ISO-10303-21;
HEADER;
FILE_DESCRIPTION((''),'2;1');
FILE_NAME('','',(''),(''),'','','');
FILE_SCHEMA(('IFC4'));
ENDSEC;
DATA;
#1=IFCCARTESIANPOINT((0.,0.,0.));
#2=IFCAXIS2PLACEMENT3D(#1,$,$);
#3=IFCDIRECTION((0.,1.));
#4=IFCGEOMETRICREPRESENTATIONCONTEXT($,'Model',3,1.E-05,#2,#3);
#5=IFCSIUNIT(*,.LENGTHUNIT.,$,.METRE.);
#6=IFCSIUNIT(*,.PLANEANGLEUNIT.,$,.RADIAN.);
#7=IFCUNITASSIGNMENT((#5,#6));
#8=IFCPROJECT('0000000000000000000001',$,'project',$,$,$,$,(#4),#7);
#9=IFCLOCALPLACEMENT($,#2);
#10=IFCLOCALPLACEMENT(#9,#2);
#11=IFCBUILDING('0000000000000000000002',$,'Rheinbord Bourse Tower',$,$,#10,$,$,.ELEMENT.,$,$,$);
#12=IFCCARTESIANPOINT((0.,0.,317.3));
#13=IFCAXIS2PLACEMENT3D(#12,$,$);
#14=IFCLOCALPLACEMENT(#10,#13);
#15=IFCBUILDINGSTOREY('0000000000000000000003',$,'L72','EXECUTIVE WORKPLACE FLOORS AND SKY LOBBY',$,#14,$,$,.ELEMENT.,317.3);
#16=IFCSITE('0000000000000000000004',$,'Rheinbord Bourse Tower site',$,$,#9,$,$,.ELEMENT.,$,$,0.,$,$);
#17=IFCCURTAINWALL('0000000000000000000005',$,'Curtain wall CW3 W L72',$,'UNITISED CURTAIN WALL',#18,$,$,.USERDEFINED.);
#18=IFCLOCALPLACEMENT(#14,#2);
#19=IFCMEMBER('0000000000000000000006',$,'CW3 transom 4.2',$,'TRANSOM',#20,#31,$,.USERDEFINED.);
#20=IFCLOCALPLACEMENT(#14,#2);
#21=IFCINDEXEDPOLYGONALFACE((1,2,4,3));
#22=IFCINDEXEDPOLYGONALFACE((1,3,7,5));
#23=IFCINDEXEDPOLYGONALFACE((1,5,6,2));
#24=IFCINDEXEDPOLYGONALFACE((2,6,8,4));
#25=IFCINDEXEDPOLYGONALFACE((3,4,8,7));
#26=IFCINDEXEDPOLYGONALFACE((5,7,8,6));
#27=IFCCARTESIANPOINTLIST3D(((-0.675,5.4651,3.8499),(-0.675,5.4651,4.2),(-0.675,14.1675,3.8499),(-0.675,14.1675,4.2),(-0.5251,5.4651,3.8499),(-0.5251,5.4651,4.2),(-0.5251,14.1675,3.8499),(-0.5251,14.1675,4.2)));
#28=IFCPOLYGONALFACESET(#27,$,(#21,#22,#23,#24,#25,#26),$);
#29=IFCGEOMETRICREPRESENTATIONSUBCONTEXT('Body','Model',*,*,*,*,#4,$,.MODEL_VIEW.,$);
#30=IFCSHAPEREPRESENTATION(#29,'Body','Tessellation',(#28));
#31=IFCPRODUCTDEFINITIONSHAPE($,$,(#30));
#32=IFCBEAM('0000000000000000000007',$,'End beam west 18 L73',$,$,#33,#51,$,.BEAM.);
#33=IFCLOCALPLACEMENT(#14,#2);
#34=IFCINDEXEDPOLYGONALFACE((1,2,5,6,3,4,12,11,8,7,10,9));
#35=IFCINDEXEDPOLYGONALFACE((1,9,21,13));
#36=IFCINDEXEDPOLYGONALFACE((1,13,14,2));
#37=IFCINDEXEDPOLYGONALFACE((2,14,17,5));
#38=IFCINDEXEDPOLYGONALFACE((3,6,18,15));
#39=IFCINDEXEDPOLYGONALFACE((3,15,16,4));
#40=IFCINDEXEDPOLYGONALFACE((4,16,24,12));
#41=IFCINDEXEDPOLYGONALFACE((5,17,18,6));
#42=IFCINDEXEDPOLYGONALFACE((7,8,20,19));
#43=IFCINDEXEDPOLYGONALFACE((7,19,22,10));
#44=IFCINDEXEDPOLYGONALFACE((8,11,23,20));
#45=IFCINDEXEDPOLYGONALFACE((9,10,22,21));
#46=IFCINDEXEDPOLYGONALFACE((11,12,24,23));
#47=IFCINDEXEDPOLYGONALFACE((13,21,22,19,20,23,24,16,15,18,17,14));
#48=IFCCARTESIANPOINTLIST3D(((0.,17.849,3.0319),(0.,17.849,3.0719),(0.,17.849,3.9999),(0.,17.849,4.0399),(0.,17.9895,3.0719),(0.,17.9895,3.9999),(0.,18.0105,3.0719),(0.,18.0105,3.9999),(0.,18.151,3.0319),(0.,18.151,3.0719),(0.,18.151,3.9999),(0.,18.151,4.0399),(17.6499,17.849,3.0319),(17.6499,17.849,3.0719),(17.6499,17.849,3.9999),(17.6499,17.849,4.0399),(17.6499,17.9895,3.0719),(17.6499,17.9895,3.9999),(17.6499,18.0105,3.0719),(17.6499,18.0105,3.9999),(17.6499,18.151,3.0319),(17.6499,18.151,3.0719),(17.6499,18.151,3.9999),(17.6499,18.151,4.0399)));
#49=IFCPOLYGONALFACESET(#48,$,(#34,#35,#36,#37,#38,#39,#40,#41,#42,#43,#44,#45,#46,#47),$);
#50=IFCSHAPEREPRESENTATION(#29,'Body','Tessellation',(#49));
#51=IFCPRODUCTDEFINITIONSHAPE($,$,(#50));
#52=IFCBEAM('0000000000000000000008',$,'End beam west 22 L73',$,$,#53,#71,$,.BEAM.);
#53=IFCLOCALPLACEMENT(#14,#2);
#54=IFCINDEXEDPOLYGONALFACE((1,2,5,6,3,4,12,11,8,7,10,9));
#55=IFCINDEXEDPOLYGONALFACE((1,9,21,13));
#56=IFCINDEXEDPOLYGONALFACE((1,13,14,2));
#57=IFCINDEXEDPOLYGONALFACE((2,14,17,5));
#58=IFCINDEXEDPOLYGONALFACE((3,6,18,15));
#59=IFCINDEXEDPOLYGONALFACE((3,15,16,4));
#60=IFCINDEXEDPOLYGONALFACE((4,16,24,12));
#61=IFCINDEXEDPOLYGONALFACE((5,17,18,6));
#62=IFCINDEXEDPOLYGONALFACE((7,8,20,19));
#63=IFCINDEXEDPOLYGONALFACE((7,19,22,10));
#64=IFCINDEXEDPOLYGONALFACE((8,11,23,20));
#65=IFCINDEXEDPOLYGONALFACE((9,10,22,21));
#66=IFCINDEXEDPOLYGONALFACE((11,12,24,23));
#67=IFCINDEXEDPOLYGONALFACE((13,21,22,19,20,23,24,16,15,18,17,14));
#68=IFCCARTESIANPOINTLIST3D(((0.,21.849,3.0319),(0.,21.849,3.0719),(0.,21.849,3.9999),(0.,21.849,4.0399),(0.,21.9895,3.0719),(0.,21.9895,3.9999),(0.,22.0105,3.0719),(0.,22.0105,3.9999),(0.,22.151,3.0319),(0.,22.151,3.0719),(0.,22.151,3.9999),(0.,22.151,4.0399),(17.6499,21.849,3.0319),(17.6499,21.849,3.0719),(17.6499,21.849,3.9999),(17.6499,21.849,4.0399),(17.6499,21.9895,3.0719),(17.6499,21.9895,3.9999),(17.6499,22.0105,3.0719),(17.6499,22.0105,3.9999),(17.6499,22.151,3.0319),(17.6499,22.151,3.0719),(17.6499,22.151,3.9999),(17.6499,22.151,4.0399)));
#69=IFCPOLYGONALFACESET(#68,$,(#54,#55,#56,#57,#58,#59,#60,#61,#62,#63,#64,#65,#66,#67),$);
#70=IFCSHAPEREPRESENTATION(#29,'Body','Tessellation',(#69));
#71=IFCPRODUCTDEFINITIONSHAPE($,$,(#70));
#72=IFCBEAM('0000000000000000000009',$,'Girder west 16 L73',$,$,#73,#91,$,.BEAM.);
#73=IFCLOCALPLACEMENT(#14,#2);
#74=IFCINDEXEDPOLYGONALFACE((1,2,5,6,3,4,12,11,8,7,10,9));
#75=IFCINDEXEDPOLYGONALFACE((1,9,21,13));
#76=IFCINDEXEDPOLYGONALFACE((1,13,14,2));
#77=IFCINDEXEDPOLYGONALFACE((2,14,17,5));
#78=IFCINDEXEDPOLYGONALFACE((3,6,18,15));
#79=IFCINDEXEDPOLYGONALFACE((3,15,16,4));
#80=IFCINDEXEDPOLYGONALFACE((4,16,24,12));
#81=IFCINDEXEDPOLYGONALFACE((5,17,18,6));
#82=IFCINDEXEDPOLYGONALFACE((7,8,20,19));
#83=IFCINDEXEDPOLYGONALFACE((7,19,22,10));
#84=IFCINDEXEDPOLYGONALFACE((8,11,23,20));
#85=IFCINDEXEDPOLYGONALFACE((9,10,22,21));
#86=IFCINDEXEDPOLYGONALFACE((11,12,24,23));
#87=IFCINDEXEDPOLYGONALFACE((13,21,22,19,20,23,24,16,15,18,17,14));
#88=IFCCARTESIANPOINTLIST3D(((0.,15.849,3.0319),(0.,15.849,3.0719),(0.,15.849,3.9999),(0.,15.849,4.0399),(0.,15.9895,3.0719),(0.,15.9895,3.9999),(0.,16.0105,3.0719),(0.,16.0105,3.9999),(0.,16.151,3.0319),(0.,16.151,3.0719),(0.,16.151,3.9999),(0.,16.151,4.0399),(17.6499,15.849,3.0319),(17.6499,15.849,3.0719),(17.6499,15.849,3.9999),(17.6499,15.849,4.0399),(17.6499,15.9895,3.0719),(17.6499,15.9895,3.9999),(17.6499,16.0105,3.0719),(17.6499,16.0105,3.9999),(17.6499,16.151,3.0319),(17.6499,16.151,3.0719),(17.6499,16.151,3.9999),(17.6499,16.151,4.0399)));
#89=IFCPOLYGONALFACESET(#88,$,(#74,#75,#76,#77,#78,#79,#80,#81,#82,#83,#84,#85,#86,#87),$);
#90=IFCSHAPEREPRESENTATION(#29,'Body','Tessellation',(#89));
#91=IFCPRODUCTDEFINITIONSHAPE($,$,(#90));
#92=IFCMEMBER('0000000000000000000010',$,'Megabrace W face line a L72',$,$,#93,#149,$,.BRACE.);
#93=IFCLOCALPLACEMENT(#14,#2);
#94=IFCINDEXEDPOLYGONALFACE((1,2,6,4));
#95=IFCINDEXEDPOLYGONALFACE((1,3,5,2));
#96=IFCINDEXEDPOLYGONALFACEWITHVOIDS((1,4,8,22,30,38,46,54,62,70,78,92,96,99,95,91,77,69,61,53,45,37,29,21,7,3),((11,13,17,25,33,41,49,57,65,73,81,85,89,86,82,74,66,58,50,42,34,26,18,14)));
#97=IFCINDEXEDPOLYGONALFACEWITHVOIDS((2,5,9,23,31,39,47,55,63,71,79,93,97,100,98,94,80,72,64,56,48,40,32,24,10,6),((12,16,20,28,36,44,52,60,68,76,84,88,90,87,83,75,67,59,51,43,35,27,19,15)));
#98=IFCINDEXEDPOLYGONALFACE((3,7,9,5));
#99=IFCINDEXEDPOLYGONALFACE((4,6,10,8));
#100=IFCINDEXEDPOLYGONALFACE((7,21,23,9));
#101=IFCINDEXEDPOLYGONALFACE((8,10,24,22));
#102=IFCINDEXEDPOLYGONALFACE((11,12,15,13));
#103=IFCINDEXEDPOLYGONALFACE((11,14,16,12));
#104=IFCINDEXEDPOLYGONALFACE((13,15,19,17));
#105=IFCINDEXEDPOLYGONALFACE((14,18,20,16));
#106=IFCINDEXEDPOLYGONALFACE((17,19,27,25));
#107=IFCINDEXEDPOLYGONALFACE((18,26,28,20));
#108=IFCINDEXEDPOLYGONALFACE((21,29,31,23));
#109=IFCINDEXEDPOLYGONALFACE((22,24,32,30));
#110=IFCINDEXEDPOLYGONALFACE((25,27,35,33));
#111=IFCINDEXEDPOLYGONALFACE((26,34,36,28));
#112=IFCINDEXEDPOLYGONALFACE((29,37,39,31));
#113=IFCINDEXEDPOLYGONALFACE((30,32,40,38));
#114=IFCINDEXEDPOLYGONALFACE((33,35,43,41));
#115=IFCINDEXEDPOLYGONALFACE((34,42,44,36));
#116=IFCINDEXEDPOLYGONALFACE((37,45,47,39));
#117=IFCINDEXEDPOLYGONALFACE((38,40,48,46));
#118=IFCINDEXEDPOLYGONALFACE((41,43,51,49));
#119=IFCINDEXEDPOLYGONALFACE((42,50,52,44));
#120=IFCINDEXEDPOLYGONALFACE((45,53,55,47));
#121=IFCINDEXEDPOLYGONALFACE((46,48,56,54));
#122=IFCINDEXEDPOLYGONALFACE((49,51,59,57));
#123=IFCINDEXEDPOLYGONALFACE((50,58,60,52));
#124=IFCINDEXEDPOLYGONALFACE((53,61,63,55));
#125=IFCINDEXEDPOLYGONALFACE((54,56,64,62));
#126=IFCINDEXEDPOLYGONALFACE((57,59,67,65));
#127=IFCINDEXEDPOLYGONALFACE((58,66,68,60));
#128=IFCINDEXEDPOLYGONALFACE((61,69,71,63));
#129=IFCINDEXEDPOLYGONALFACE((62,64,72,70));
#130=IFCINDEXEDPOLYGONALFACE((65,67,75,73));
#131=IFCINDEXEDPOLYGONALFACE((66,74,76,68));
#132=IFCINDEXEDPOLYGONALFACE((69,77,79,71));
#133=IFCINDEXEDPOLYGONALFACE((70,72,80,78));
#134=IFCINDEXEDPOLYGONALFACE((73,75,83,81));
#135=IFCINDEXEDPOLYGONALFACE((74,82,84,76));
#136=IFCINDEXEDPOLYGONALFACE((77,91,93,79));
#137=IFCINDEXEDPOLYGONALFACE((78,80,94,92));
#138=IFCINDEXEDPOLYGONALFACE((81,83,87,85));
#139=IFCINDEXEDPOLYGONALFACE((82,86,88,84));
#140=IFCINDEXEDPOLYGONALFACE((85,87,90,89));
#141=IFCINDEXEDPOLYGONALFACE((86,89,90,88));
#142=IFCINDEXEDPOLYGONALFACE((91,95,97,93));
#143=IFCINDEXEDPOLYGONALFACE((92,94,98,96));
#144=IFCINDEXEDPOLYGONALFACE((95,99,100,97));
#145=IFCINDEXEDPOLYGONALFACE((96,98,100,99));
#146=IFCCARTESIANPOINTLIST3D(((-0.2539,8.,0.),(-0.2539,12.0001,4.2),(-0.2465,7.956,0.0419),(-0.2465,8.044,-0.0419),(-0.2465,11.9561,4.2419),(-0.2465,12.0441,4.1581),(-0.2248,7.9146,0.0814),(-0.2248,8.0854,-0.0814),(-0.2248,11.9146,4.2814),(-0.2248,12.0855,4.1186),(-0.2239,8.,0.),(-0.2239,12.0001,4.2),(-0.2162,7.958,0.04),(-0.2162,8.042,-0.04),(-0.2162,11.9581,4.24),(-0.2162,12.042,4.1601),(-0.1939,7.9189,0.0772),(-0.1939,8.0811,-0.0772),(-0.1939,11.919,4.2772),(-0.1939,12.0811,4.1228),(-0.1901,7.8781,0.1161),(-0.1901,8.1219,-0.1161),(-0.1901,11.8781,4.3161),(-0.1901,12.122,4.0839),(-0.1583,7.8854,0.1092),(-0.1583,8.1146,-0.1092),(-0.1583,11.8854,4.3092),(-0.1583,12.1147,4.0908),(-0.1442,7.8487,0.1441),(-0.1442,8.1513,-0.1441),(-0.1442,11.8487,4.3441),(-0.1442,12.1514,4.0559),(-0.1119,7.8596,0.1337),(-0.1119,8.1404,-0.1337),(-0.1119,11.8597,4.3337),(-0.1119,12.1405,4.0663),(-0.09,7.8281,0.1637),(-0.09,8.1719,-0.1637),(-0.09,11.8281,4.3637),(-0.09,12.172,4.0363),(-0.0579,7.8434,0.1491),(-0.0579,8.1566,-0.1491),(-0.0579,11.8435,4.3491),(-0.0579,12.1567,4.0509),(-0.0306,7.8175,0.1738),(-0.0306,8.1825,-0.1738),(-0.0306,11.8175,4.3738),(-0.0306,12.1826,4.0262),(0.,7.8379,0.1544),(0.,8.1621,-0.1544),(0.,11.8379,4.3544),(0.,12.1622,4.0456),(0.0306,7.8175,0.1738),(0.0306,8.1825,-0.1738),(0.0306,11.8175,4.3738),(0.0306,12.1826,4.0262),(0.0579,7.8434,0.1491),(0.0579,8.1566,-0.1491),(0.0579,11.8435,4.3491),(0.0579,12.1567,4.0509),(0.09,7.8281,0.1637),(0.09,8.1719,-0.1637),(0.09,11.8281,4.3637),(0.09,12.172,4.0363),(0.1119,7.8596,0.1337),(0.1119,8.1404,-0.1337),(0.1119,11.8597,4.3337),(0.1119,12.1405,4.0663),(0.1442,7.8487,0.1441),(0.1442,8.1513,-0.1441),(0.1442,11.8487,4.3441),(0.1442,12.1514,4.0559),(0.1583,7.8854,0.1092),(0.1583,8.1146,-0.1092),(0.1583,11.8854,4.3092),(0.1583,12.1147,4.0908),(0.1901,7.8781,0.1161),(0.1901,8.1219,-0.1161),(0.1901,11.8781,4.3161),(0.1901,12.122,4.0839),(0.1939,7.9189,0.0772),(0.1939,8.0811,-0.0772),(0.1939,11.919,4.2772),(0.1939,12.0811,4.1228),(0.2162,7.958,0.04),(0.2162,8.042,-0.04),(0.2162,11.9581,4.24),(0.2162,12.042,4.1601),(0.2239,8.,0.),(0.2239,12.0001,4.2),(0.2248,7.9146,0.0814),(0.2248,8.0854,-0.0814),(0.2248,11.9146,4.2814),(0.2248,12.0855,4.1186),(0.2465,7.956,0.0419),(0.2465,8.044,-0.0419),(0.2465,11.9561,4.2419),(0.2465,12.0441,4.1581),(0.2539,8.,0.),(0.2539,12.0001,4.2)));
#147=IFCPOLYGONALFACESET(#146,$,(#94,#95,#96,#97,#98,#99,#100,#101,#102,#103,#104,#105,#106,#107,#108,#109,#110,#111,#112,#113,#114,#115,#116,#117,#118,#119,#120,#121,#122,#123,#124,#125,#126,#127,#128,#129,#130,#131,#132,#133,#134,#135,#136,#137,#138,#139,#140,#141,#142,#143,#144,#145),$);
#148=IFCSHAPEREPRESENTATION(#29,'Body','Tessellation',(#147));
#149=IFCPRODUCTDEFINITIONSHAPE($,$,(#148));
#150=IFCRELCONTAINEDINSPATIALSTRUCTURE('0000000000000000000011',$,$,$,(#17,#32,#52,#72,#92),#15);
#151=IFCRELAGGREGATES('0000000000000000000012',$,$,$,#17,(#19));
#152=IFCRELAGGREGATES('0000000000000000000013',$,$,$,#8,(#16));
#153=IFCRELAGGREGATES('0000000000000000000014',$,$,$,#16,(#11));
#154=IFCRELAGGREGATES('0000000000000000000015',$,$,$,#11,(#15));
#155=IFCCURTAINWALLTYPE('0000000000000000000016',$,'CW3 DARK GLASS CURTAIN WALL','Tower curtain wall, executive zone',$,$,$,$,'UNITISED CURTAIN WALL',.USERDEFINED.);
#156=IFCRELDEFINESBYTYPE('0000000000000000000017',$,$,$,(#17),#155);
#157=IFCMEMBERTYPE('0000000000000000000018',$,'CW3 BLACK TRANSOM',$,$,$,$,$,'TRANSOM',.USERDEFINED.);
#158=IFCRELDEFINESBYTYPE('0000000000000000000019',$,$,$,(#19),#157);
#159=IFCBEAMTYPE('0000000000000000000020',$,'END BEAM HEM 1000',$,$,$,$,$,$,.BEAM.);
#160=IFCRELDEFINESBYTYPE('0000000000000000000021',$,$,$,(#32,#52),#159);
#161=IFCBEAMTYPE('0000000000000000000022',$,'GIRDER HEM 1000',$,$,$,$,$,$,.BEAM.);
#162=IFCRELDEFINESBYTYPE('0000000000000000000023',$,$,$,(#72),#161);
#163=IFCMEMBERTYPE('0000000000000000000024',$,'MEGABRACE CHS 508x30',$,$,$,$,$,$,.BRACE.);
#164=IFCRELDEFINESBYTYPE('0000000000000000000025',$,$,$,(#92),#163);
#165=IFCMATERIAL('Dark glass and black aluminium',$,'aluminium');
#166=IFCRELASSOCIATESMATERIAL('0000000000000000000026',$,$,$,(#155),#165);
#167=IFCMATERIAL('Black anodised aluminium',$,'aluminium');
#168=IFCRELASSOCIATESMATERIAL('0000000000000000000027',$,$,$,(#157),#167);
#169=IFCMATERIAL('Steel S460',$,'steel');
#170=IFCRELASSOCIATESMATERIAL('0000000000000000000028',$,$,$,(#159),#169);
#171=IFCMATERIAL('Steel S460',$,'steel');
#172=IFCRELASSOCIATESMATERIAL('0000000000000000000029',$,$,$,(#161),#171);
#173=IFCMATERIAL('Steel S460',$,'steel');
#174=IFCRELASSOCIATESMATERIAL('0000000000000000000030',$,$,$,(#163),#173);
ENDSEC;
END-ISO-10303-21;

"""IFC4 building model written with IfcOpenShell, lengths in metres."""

from ifc_helpers import new_model, si_unit, direction, frame, origin, origin_2d, place, context, subcontext, project, spatial, rectangle, hollow_circle, i_section, extrude, material, material_profile, profile_set, type_object, element, aggregate, save


model = new_model("IFC4")

# Units and contexts
model_context = context("Model", 3, precision=1e-05, world=origin(), true_north=direction((0.0, 1.0)))
body_context = subcontext(model_context, "Body", "Model", "MODEL_VIEW")
ifc_project = project(units=[si_unit("LENGTHUNIT", "METRE"), si_unit("PLANEANGLEUNIT", "RADIAN")], contexts=[model_context])

# Site, building, storey
site_placement = place(None, origin())
site = spatial("IfcSite", under=ifc_project, at=site_placement, Name="Rheinbord Bourse Tower site", CompositionType="ELEMENT", RefElevation=0.0)
building_placement = place(site_placement, origin())
building = spatial("IfcBuilding", under=site, at=building_placement, Name="Rheinbord Bourse Tower", CompositionType="ELEMENT")
storey_placement = place(building_placement, frame((0.0, 0.0, 317.3)))
storey = spatial("IfcBuildingStorey", under=building, at=storey_placement, Name="L72", Description="EXECUTIVE WORKPLACE FLOORS AND SKY LOBBY", CompositionType="ELEMENT", Elevation=317.3)

# Curtain wall, member
ifc_material_1 = material(Name="Dark glass and black aluminium", Category="aluminium")
curtain_wall_type = type_object("IfcCurtainWallType", Name="CW3 DARK GLASS CURTAIN WALL", Description="Tower curtain wall, executive zone", ElementType="UNITISED CURTAIN WALL", PredefinedType="USERDEFINED", material=ifc_material_1)
curtain_wall_placement = place(storey_placement, origin())
curtain_wall = element("IfcCurtainWall", 1, at=curtain_wall_placement, inside=storey, type_object=curtain_wall_type, Name="Curtain wall CW3 W L72", ObjectType="UNITISED CURTAIN WALL", PredefinedType="USERDEFINED")
ifc_material_2 = material(Name="Black anodised aluminium", Category="aluminium")
ifc_material_profile_1 = material_profile(ifc_material_2, rectangle(XDim=0.1499, YDim=0.3501, at=origin_2d()), Name="CW3 TRANSOM 350x150")
ifc_profile_set_1 = profile_set([ifc_material_profile_1], Name="Black anodised aluminium")
member_type_1 = type_object("IfcMemberType", Name="CW3 BLACK TRANSOM", ElementType="TRANSOM", PredefinedType="USERDEFINED", material=ifc_profile_set_1)
member_1_placement = place(storey_placement, frame((-0.6001, 14.1675, 4.0249), z_axis=(0.0, -1.0, 0.0), x_axis=(1.0, 0.0, 0.0)))
member_1 = element("IfcMember", 2, at=member_1_placement, type_object=member_type_1, Name="CW3 transom 4.2", ObjectType="TRANSOM", PredefinedType="USERDEFINED", context=body_context, shape_type="SweptSolid", body=[
    extrude(rectangle(XDim=0.1499, YDim=0.3501, at=origin_2d()), origin(), (0.0, 0.0, 1.0), 8.7024),
])

# Beams
ifc_material_3 = material(Name="Steel S460", Category="steel")
ifc_material_profile_2 = material_profile(ifc_material_3, i_section(OverallWidth=0.302, OverallDepth=1.0081, WebThickness=0.021, FlangeThickness=0.04, at=origin_2d()), Name="HEM 1000")
ifc_profile_set_2 = profile_set([ifc_material_profile_2], Name="Steel S460")
beam_type_1 = type_object("IfcBeamType", Name="END BEAM HEM 1000", PredefinedType="BEAM", material=ifc_profile_set_2)
for number, where, z_axis, x_axis, name in (
    (3, (0.0, 18.0, 3.5359), (1.0, 0.0, 0.0), (0.0, 1.0, 0.0), "End beam west 18 L73"),
    (4, (0.0, 22.0, 3.5359), (1.0, 0.0, 0.0), (0.0, 1.0, 0.0), "End beam west 22 L73"),
):
    element("IfcBeam", number, at=place(storey_placement, frame(where, z_axis=z_axis, x_axis=x_axis)), inside=storey, type_object=beam_type_1, Name=name, PredefinedType="BEAM", context=body_context, shape_type="SweptSolid", body=[
        extrude(i_section(OverallWidth=0.302, OverallDepth=1.0081, WebThickness=0.021, FlangeThickness=0.04, at=origin_2d()), origin(), (0.0, 0.0, 1.0), 17.6499),
    ])
ifc_material_4 = material(Name="Steel S460", Category="steel")
ifc_material_profile_3 = material_profile(ifc_material_4, i_section(OverallWidth=0.302, OverallDepth=1.0081, WebThickness=0.021, FlangeThickness=0.04, at=origin_2d()), Name="HEM 1000")
ifc_profile_set_3 = profile_set([ifc_material_profile_3], Name="Steel S460")
beam_type_2 = type_object("IfcBeamType", Name="GIRDER HEM 1000", PredefinedType="BEAM", material=ifc_profile_set_3)
beam_1_placement = place(storey_placement, frame((0.0, 16.0, 3.5359), z_axis=(1.0, 0.0, 0.0), x_axis=(0.0, 1.0, 0.0)))
element("IfcBeam", 5, at=beam_1_placement, inside=storey, type_object=beam_type_2, Name="Girder west 16 L73", PredefinedType="BEAM", context=body_context, shape_type="SweptSolid", body=[
    extrude(i_section(OverallWidth=0.302, OverallDepth=1.0081, WebThickness=0.021, FlangeThickness=0.04, at=origin_2d()), origin(), (0.0, 0.0, 1.0), 17.6499),
])

# Member
ifc_material_5 = material(Name="Steel S460", Category="steel")
ifc_material_profile_4 = material_profile(ifc_material_5, hollow_circle(Radius=0.2539, WallThickness=0.03, at=origin_2d()), Name="CHS 508x30")
ifc_profile_set_4 = profile_set([ifc_material_profile_4], Name="Steel S460")
member_type_2 = type_object("IfcMemberType", Name="MEGABRACE CHS 508x30", PredefinedType="BRACE", material=ifc_profile_set_4)
for number, where, z_axis, x_axis, name in (
    (6, (0.0, 8.0, 0.0), (0.0, 0.689659, 0.724134), (-1.0, 0.0, 0.0), "Megabrace W face line a L72"),
):
    element("IfcMember", number, at=place(storey_placement, frame(where, z_axis=z_axis, x_axis=x_axis)), inside=storey, type_object=member_type_2, Name=name, PredefinedType="BRACE", context=body_context, shape_type="SweptSolid", body=[
        extrude(hollow_circle(Radius=0.2539, WallThickness=0.03, at=origin_2d()), origin(), (0.0, 0.0, 1.0), 5.8),
    ])

aggregate(curtain_wall, [member_1])

save(model, "model.ifc")
